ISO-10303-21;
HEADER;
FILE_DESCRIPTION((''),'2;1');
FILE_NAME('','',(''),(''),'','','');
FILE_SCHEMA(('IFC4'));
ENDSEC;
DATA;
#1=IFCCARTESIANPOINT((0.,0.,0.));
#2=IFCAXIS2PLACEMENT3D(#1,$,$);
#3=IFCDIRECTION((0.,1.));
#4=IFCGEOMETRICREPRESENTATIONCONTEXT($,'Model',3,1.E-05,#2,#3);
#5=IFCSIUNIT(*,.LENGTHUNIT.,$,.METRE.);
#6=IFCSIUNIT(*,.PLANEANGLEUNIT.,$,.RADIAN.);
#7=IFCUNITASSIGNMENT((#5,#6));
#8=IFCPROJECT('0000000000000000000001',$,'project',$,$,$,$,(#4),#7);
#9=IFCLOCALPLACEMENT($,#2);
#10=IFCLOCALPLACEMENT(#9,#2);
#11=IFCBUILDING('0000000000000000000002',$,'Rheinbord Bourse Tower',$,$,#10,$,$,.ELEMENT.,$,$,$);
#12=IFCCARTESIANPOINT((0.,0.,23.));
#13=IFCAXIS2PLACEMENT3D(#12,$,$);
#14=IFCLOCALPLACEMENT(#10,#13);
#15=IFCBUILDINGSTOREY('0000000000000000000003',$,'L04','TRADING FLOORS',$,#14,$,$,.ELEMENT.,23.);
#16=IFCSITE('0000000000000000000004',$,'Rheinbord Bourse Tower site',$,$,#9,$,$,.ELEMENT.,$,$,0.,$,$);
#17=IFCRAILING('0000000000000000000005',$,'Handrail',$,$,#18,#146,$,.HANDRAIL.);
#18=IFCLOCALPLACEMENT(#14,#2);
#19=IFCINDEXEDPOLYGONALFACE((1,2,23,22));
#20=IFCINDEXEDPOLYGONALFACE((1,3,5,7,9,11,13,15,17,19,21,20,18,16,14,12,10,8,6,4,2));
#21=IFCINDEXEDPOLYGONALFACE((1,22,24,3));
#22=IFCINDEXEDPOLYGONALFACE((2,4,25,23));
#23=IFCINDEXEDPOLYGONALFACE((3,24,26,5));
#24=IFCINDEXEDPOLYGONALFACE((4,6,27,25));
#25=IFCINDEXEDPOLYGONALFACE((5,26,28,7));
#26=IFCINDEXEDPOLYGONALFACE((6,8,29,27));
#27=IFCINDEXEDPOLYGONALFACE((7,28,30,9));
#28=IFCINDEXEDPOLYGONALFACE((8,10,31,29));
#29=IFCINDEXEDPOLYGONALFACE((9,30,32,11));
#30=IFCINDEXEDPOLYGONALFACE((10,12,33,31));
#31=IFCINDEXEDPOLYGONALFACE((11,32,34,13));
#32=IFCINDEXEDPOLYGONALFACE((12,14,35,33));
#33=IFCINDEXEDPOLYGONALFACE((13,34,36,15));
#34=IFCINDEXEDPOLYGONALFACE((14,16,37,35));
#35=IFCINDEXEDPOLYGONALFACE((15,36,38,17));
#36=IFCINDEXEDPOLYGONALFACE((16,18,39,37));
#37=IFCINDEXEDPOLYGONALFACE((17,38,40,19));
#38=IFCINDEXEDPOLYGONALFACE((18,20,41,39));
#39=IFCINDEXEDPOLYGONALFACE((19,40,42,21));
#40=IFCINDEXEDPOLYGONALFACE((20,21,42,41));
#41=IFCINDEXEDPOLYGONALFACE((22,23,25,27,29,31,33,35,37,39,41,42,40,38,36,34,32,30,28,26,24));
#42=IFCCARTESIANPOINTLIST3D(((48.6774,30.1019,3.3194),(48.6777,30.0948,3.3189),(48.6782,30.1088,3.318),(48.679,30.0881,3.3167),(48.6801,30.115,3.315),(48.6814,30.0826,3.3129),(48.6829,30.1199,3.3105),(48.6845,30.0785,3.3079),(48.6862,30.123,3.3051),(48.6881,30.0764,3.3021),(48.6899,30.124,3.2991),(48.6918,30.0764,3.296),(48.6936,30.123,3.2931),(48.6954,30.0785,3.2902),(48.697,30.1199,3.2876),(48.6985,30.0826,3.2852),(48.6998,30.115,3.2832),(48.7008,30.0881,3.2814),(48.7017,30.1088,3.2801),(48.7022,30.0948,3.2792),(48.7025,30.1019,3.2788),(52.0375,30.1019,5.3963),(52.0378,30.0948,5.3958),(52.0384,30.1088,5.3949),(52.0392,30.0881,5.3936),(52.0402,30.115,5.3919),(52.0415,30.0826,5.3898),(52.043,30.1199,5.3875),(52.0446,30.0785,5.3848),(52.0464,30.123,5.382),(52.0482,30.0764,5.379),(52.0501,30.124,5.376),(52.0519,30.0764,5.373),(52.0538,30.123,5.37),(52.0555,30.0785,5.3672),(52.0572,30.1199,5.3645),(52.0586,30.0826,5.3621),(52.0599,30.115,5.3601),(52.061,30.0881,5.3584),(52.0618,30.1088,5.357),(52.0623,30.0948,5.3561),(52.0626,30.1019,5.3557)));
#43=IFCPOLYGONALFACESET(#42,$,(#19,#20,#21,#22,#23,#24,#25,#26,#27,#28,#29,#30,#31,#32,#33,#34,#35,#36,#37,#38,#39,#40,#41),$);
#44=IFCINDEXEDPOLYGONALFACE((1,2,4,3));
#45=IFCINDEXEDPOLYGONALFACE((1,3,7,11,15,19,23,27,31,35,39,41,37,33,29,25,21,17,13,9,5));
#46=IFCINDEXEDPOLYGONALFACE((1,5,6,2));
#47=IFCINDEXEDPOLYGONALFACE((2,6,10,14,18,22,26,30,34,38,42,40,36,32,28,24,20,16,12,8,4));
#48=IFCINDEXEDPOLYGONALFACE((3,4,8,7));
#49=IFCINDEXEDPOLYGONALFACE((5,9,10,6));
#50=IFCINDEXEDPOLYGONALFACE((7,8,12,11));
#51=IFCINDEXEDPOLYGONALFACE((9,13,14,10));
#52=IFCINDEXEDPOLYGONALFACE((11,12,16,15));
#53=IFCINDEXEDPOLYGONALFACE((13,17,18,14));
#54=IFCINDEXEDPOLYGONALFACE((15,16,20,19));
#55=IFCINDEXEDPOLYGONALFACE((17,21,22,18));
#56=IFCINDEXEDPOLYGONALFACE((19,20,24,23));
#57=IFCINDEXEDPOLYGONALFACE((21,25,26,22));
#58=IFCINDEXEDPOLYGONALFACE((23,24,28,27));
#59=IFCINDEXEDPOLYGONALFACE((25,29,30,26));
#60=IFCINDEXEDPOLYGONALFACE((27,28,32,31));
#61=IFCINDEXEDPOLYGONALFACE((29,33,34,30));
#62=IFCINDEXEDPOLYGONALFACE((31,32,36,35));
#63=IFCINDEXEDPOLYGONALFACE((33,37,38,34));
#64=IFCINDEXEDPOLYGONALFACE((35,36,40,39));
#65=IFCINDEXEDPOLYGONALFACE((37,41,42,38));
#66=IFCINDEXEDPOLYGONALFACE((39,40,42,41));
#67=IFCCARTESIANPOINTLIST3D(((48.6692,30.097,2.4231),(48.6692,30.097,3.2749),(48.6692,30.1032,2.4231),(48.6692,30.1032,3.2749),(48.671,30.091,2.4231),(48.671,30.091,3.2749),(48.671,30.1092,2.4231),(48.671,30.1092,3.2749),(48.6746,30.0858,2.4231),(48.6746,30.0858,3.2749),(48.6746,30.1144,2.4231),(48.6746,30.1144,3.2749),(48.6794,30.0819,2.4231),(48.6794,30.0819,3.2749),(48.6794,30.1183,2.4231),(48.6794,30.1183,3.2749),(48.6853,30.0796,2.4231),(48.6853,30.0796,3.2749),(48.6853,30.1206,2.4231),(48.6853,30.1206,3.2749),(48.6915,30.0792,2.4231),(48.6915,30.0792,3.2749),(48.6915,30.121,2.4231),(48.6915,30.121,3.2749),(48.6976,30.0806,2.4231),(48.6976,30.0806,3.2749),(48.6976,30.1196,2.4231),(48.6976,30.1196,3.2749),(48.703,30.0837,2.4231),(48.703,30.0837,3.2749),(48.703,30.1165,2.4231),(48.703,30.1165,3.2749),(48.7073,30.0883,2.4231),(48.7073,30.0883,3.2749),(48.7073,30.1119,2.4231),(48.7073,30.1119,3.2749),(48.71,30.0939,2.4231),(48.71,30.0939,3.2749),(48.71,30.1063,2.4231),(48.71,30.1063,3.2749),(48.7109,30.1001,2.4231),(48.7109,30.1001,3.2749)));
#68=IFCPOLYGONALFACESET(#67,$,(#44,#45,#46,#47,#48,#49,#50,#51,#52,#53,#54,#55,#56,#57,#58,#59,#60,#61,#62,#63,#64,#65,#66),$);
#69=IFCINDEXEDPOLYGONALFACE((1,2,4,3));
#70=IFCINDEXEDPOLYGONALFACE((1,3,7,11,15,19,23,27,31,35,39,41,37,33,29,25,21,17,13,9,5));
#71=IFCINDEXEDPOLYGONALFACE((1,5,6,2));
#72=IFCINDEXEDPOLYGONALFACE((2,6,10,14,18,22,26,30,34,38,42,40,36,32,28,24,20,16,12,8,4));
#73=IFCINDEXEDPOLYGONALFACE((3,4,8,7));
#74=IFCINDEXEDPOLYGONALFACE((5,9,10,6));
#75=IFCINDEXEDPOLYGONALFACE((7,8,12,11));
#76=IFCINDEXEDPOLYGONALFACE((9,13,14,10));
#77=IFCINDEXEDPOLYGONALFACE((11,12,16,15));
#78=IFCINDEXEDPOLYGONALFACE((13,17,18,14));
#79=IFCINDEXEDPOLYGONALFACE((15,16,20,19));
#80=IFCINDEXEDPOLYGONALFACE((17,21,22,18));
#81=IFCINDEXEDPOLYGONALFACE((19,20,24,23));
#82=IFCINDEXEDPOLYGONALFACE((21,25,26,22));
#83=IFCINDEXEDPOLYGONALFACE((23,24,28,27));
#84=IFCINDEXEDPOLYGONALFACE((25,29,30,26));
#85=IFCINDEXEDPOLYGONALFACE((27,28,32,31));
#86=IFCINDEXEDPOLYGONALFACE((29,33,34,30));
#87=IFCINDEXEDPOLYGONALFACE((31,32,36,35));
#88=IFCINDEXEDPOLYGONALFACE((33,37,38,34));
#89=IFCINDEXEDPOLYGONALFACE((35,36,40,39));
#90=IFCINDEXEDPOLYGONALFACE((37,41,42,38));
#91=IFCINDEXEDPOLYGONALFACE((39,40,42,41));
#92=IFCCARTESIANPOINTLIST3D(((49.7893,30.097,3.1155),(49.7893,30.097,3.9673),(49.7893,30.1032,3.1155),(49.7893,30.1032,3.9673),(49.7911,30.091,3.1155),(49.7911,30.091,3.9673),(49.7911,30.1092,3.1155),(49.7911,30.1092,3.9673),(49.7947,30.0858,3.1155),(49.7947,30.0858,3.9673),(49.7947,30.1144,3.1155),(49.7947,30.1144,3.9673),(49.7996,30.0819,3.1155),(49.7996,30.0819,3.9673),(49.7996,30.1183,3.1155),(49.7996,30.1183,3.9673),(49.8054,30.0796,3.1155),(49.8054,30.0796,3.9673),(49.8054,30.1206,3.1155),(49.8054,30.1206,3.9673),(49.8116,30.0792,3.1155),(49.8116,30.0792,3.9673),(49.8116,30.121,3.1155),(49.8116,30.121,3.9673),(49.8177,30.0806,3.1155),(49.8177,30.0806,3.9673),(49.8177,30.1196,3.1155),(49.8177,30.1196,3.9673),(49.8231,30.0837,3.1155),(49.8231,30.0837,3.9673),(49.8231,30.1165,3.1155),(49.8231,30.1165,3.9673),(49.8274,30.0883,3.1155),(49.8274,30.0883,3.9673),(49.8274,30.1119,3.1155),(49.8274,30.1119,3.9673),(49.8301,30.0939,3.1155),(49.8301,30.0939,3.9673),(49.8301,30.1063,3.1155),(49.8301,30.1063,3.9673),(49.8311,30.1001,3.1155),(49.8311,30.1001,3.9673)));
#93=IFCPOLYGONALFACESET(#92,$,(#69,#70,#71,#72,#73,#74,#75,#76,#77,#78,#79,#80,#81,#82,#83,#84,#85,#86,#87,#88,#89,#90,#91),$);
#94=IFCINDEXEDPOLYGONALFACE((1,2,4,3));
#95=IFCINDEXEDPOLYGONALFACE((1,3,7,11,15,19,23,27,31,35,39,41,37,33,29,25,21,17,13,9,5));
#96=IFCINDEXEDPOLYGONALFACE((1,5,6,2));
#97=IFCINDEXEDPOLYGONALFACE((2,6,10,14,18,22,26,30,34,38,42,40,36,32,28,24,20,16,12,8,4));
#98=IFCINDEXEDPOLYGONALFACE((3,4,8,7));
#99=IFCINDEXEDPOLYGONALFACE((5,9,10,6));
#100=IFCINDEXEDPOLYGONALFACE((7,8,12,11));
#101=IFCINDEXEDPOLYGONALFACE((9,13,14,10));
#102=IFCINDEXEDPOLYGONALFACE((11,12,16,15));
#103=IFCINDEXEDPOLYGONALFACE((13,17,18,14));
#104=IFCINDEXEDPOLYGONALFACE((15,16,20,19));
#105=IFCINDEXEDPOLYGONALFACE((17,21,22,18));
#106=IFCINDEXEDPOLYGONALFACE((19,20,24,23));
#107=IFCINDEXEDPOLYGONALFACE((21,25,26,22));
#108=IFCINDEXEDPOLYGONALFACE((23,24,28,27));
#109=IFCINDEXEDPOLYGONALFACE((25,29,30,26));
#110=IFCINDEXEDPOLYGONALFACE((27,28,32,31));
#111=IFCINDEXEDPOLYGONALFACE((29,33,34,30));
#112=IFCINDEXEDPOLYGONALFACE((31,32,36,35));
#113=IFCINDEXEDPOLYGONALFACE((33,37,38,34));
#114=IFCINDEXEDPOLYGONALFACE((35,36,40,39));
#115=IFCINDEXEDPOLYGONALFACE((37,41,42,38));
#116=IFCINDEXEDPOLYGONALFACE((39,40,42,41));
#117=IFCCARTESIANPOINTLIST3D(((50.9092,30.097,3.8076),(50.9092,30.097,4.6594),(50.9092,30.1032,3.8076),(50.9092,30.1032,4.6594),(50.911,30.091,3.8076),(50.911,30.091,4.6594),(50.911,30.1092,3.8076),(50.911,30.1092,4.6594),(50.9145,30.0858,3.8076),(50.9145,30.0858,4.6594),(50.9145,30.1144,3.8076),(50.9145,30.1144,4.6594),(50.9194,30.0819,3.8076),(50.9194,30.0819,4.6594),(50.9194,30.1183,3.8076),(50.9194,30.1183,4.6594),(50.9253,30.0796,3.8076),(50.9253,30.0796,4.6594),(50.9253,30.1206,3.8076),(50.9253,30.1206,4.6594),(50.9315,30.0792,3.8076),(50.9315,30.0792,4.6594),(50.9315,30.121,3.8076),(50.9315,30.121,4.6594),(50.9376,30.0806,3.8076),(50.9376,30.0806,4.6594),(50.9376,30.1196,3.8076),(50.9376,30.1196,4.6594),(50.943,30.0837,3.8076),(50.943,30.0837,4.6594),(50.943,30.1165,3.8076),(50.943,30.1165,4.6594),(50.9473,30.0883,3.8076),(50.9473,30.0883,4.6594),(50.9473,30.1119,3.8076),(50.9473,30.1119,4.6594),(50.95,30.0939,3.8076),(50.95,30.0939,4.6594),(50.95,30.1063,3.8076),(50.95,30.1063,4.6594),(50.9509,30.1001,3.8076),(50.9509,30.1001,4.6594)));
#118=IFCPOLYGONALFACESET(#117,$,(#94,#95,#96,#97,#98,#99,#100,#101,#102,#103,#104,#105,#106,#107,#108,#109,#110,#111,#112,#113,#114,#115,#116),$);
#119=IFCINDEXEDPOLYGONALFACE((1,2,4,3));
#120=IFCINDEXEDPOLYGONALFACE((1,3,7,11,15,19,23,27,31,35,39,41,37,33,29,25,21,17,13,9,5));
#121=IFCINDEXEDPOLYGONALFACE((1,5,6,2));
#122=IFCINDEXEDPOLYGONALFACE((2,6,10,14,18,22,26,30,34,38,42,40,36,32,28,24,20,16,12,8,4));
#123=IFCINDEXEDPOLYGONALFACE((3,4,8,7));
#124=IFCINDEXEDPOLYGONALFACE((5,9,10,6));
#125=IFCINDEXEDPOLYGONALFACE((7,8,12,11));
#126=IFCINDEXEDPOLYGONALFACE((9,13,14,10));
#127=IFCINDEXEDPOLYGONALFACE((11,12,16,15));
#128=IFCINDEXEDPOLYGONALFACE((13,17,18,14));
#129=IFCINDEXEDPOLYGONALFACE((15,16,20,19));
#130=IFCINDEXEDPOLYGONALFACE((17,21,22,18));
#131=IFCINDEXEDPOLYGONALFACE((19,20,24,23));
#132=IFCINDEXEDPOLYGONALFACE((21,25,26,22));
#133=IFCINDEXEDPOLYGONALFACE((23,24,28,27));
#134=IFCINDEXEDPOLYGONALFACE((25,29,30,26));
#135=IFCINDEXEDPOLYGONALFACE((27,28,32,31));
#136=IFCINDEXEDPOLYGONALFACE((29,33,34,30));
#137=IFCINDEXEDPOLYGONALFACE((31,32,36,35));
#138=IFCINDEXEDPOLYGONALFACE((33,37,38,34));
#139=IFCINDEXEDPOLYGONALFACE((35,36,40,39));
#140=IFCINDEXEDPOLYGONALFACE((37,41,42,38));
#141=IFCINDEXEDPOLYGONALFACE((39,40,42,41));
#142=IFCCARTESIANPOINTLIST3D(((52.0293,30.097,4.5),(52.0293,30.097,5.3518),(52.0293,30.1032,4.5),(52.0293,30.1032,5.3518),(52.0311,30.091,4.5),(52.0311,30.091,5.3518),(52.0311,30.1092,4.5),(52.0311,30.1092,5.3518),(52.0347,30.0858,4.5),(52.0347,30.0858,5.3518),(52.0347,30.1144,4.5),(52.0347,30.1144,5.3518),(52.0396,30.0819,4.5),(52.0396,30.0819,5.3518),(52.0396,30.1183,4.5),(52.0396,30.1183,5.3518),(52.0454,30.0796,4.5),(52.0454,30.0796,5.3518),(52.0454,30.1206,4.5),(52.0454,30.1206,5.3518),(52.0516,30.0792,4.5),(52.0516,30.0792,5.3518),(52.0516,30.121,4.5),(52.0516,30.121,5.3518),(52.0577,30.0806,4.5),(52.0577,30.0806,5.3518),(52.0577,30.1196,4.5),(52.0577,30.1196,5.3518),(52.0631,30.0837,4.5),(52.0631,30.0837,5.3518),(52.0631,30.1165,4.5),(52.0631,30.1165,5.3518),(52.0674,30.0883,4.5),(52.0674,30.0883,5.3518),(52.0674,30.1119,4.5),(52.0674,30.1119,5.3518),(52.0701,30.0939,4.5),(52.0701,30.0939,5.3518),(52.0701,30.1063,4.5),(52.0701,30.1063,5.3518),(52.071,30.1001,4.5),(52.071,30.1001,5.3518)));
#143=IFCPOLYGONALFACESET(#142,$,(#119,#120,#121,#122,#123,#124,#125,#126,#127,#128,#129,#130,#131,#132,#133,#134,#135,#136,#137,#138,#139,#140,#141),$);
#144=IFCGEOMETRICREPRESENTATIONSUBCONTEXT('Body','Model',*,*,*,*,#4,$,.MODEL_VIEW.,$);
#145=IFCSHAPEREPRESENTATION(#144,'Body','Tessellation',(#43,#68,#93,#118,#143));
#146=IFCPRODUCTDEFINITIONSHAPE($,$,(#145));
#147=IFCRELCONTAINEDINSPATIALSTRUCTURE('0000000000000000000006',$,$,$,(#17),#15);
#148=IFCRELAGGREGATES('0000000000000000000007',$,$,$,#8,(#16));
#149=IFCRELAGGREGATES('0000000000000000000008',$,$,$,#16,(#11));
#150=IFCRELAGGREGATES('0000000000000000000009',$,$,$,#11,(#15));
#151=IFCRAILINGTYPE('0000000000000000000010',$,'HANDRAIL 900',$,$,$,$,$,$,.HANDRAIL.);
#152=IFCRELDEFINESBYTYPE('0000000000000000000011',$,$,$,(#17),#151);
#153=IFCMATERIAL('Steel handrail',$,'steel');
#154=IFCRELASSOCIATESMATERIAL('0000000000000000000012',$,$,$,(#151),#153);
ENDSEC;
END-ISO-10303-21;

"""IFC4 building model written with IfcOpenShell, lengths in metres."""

from ifc_helpers import new_model, si_unit, direction, frame, origin, origin_2d, place, context, subcontext, project, spatial, circle, extrude, material, type_object, element, save


model = new_model("IFC4")

# Units and contexts
model_context = context("Model", 3, precision=1e-05, world=origin(), true_north=direction((0.0, 1.0)))
body_context = subcontext(model_context, "Body", "Model", "MODEL_VIEW")
ifc_project = project(units=[si_unit("LENGTHUNIT", "METRE"), si_unit("PLANEANGLEUNIT", "RADIAN")], contexts=[model_context])

# Site, building, storey
site_placement = place(None, origin())
site = spatial("IfcSite", under=ifc_project, at=site_placement, Name="Rheinbord Bourse Tower site", CompositionType="ELEMENT", RefElevation=0.0)
building_placement = place(site_placement, origin())
building = spatial("IfcBuilding", under=site, at=building_placement, Name="Rheinbord Bourse Tower", CompositionType="ELEMENT")
storey_placement = place(building_placement, frame((0.0, 0.0, 23.0)))
storey = spatial("IfcBuildingStorey", under=building, at=storey_placement, Name="L04", Description="TRADING FLOORS", CompositionType="ELEMENT", Elevation=23.0)

# Railing
ifc_material_1 = material(Name="Steel handrail", Category="steel")
railing_type = type_object("IfcRailingType", Name="HANDRAIL 900", PredefinedType="HANDRAIL", material=ifc_material_1)
railing_1_placement = place(storey_placement, frame((48.6899, 30.1001, 2.4231)))
element("IfcRailing", 1, at=railing_1_placement, inside=storey, type_object=railing_type, Name="Handrail", PredefinedType="HANDRAIL", context=body_context, shape_type="SweptSolid", body=[
    extrude(circle(Radius=0.0239, at=origin_2d()), frame((0.0, 0.0, 0.876), z_axis=(0.850623, 0.0, 0.525776), x_axis=(0.0, 1.0, 0.0)), (0.0, 0.0, 1.0), 3.9502),
    extrude(circle(Radius=0.021, at=origin_2d()), origin(), (0.0, 0.0, 1.0), 0.8518),
    extrude(circle(Radius=0.021, at=origin_2d()), frame((1.1201, 0.0, 0.6924)), (0.0, 0.0, 1.0), 0.8518),
    extrude(circle(Radius=0.021, at=origin_2d()), frame((2.24, 0.0, 1.3845)), (0.0, 0.0, 1.0), 0.8518),
    extrude(circle(Radius=0.021, at=origin_2d()), frame((3.3601, 0.0, 2.0769)), (0.0, 0.0, 1.0), 0.8518),
])

save(model, "model.ifc")
